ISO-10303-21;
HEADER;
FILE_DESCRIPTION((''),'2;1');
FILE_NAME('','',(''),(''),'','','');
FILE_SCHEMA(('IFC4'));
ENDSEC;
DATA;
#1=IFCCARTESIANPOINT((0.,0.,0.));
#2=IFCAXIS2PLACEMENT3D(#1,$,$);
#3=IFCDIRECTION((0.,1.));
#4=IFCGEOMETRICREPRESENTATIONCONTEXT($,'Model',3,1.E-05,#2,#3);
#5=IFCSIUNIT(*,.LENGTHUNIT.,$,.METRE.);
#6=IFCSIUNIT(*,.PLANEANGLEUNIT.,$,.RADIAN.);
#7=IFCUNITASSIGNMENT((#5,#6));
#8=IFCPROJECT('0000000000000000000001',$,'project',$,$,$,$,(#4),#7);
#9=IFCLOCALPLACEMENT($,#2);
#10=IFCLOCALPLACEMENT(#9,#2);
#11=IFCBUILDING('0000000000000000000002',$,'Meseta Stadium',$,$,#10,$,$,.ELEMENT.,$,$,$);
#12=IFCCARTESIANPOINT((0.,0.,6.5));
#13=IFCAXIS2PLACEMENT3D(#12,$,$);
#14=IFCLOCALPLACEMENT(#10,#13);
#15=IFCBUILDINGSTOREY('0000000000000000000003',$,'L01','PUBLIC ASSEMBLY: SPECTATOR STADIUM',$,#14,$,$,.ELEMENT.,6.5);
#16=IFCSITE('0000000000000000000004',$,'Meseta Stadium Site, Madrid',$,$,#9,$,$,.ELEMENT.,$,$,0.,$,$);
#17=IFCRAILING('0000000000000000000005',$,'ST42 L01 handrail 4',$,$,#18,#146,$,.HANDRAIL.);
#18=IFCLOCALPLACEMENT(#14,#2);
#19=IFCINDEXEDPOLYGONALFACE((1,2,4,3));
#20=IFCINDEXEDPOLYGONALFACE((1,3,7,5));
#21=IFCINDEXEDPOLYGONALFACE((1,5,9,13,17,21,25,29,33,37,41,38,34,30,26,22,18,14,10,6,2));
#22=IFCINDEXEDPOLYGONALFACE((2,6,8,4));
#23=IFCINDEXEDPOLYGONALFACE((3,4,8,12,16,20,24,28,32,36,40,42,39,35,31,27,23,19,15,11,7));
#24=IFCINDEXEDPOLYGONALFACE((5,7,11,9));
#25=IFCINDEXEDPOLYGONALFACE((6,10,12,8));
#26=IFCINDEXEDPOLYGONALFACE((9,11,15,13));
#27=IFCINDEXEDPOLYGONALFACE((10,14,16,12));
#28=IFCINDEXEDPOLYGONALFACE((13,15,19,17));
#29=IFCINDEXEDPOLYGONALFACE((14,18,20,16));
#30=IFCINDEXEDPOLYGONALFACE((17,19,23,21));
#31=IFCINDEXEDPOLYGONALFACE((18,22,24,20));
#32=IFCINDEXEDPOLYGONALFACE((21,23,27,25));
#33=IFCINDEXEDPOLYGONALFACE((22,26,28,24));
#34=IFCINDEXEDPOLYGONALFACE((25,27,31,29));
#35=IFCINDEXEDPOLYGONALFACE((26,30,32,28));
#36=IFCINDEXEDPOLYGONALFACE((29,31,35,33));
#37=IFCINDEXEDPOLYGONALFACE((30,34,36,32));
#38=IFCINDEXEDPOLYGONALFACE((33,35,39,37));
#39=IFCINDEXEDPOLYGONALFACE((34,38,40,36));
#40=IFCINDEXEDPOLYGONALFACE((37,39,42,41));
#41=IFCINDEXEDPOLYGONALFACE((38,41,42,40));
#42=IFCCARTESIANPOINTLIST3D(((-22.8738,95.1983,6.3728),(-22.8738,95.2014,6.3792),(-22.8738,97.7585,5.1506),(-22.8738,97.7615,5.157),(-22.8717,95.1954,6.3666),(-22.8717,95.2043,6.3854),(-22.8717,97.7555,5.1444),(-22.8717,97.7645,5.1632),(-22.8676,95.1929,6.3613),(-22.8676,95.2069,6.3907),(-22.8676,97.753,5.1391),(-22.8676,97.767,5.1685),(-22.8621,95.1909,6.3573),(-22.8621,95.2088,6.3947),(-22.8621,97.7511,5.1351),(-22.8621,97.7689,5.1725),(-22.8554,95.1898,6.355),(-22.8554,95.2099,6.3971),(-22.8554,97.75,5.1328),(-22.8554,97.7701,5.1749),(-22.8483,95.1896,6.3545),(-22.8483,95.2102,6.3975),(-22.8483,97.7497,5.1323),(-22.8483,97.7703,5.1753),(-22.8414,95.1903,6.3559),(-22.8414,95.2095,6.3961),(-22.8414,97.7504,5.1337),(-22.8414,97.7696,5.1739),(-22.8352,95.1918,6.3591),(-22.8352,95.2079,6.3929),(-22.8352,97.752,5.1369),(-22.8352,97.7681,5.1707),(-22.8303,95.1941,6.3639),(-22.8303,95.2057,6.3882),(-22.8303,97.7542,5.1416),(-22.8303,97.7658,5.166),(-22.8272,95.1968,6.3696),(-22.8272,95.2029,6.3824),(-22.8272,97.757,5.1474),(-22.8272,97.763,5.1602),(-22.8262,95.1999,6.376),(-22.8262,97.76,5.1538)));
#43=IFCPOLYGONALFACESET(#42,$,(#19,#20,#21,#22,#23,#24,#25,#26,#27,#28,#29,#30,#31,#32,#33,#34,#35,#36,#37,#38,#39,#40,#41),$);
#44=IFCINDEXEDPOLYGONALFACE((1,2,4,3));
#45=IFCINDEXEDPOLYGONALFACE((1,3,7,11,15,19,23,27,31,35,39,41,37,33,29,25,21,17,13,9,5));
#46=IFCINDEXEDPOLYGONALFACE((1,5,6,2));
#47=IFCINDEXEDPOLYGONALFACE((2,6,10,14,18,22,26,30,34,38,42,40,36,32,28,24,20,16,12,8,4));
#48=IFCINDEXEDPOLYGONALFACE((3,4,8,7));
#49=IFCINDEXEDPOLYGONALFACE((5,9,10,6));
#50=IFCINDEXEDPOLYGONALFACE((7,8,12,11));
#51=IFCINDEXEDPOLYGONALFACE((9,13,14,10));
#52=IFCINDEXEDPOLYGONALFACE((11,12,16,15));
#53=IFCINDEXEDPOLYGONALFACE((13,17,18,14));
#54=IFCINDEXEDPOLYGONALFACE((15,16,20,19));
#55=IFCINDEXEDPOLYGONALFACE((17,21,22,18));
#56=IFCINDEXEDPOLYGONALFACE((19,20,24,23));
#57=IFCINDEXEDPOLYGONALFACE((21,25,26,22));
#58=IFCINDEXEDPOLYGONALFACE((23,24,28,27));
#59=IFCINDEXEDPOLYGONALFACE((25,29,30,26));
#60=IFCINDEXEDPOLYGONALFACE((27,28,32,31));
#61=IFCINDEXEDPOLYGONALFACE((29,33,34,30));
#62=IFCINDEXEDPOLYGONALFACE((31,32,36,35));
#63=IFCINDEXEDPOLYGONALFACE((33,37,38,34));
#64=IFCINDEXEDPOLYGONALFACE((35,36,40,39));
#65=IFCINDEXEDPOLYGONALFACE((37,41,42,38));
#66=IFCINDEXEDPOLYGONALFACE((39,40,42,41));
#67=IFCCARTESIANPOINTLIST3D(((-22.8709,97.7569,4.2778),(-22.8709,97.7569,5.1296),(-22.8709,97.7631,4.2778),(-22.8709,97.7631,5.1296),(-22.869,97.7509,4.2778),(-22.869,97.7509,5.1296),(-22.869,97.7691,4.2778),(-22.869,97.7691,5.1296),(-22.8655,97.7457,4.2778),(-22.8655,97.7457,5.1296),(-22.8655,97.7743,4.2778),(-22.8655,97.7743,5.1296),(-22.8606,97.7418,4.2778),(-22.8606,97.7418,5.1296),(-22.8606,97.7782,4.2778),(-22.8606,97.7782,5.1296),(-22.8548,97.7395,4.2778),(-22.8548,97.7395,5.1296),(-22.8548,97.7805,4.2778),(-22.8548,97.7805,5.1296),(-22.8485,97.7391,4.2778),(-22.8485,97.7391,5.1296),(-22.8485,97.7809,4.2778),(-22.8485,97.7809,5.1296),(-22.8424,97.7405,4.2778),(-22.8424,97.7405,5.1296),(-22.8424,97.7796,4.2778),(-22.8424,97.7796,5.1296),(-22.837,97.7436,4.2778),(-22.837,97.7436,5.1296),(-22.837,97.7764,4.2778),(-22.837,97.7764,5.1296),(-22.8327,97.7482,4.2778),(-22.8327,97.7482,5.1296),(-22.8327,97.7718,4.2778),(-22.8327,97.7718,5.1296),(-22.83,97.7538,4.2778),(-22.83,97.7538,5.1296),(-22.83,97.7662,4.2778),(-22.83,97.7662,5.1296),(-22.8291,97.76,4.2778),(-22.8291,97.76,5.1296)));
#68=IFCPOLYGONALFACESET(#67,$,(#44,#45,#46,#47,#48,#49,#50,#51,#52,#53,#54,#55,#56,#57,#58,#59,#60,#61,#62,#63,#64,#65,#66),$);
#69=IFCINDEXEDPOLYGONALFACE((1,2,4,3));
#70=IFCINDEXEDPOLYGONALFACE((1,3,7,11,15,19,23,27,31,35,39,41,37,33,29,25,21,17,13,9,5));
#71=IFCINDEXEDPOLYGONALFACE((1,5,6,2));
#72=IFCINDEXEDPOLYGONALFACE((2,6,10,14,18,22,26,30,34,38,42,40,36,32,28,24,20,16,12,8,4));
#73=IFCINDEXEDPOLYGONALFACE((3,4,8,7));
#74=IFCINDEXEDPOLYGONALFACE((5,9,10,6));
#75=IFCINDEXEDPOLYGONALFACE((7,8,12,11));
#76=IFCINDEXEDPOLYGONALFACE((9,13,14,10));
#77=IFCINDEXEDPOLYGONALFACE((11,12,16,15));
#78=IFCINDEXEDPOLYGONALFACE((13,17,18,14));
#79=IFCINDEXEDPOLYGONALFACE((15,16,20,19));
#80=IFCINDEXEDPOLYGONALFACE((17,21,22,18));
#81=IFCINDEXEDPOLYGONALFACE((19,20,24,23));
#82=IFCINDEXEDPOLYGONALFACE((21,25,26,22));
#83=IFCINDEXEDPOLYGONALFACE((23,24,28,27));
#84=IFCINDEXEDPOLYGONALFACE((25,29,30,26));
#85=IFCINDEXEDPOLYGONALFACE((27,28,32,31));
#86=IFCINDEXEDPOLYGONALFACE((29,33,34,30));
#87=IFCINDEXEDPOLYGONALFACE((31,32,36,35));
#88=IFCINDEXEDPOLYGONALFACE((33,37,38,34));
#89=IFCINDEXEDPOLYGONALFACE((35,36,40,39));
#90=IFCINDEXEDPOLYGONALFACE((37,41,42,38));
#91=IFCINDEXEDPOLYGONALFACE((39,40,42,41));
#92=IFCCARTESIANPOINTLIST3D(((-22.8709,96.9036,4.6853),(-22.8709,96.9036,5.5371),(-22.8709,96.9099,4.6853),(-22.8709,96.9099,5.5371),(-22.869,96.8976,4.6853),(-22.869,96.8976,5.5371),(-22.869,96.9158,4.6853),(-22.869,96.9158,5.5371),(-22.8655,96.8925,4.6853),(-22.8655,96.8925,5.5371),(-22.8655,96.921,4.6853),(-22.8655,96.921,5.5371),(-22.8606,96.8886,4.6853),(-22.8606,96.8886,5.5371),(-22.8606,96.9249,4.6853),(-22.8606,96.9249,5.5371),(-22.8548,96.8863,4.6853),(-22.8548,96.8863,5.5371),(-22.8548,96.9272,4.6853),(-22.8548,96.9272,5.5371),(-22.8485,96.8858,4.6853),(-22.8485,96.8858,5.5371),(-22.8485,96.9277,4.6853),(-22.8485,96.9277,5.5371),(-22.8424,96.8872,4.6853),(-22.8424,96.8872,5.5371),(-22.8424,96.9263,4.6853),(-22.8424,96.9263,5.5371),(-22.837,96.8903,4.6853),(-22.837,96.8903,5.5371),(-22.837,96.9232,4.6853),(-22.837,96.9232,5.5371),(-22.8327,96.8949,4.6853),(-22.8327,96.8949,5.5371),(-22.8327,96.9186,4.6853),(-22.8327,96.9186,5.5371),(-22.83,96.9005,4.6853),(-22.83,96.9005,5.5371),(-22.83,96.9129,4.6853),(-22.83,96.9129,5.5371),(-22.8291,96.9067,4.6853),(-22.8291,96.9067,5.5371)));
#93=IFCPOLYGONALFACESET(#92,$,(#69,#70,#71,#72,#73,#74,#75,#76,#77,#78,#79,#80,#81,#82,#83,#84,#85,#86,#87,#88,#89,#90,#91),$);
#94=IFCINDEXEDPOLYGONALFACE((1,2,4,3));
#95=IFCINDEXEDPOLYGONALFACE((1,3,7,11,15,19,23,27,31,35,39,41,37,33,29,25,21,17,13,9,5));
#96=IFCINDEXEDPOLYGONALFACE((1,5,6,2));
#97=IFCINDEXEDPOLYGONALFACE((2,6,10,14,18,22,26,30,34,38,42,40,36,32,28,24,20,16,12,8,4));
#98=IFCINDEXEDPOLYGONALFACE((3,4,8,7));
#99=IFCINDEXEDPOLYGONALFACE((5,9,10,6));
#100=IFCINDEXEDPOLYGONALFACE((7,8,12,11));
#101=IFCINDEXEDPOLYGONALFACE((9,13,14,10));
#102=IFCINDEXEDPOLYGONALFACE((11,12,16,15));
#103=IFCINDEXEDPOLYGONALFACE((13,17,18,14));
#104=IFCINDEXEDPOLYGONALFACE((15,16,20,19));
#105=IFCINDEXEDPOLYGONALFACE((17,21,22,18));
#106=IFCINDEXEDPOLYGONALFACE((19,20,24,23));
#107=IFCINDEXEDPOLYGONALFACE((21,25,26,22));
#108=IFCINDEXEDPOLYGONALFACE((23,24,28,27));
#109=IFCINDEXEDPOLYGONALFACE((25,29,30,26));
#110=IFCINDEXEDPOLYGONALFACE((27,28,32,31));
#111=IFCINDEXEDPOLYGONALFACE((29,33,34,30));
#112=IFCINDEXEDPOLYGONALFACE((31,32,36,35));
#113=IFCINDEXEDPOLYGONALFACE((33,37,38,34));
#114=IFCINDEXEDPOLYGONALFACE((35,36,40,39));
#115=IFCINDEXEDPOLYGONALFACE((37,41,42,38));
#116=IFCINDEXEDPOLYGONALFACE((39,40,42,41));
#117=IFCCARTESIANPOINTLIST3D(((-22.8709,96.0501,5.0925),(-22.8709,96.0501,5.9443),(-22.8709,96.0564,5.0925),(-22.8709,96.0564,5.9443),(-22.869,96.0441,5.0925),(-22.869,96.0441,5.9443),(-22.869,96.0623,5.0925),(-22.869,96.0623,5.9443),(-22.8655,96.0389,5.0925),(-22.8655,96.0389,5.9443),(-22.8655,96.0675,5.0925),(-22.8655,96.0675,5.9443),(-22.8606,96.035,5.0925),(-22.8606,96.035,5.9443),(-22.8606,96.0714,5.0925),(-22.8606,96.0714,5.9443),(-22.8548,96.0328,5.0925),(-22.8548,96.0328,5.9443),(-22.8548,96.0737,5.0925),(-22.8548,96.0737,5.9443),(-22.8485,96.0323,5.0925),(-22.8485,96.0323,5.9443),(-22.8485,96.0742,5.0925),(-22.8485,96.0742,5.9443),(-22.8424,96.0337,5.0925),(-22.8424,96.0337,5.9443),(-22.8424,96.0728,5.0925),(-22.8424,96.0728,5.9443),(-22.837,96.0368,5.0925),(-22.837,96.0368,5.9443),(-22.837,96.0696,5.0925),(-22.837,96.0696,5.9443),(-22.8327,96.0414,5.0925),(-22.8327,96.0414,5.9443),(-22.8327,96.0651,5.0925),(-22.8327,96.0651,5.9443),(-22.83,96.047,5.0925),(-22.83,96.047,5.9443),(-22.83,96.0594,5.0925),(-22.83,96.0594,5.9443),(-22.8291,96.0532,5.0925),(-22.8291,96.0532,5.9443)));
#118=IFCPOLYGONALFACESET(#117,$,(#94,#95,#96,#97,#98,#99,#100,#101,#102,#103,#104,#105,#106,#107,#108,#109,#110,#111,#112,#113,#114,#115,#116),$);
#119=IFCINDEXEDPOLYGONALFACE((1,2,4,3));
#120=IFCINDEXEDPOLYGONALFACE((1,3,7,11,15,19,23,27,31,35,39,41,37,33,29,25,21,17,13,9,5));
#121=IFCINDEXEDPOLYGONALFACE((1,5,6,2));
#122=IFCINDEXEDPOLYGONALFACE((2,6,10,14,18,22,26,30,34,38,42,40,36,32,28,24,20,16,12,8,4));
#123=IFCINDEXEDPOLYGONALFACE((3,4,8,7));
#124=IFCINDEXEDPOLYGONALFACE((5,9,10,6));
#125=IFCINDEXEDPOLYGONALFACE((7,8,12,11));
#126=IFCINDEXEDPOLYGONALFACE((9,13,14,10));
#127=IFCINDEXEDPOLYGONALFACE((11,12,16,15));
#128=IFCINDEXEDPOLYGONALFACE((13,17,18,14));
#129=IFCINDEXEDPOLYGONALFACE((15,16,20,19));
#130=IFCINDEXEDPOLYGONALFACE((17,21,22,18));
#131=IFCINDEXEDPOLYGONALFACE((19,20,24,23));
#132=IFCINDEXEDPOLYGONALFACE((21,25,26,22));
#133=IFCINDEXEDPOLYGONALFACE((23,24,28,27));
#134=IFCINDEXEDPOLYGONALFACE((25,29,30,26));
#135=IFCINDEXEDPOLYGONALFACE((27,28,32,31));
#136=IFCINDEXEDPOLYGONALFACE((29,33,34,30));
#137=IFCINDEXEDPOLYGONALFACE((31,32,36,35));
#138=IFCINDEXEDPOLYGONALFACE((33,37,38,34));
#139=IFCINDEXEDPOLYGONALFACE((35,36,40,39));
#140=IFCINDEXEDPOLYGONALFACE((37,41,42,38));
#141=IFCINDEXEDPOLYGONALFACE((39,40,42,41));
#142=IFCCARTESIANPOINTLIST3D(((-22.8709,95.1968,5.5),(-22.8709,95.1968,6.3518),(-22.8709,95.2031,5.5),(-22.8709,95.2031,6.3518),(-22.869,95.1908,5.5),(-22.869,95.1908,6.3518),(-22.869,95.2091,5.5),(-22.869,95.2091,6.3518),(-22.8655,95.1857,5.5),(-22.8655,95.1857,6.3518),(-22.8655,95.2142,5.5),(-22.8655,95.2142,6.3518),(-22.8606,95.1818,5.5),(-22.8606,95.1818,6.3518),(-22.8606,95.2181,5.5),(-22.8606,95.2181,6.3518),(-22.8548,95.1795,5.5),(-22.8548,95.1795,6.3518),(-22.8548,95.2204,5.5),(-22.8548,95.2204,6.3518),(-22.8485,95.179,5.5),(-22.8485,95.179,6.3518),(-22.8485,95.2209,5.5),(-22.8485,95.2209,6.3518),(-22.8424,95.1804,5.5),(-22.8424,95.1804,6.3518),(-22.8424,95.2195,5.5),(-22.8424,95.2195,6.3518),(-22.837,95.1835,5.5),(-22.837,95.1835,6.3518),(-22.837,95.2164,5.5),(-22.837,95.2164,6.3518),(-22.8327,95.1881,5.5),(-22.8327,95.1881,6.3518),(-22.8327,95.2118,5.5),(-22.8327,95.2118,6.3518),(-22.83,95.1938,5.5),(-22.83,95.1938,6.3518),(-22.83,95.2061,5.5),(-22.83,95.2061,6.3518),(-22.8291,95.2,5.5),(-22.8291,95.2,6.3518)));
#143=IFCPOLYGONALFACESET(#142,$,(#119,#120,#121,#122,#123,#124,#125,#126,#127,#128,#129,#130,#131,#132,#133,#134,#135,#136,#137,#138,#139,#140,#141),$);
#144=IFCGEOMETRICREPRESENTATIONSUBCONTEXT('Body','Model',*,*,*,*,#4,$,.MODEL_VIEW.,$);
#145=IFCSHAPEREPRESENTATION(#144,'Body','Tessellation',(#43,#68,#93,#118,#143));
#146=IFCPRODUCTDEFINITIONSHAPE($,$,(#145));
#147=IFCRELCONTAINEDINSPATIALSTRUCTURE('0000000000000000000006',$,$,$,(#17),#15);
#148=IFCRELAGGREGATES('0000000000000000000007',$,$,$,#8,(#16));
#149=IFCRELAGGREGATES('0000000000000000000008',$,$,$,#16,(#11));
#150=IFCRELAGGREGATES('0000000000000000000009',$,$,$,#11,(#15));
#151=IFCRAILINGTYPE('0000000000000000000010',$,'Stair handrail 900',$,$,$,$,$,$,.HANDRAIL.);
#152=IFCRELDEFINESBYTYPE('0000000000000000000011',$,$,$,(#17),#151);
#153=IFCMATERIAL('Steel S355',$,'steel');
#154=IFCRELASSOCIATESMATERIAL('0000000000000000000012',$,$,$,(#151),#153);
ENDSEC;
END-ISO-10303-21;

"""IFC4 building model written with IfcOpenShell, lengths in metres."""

from ifc_helpers import new_model, si_unit, direction, frame, origin, origin_2d, place, context, subcontext, project, spatial, circle, extrude, material, type_object, element, save


model = new_model("IFC4")

# Units and contexts
model_context = context("Model", 3, precision=1e-05, world=origin(), true_north=direction((0.0, 1.0)))
body_context = subcontext(model_context, "Body", "Model", "MODEL_VIEW")
ifc_project = project(units=[si_unit("LENGTHUNIT", "METRE"), si_unit("PLANEANGLEUNIT", "RADIAN")], contexts=[model_context])

# Site, building, storey
site_placement = place(None, origin())
site = spatial("IfcSite", under=ifc_project, at=site_placement, Name="Meseta Stadium Site, Madrid", CompositionType="ELEMENT", RefElevation=0.0)
building_placement = place(site_placement, origin())
building = spatial("IfcBuilding", under=site, at=building_placement, Name="Meseta Stadium", CompositionType="ELEMENT")
storey_placement = place(building_placement, frame((0.0, 0.0, 6.5)))
storey = spatial("IfcBuildingStorey", under=building, at=storey_placement, Name="L01", Description="PUBLIC ASSEMBLY: SPECTATOR STADIUM", CompositionType="ELEMENT", Elevation=6.5)

# Railing
ifc_material_1 = material(Name="Steel S355", Category="steel")
railing_type_1 = type_object("IfcRailingType", Name="Stair handrail 900", PredefinedType="HANDRAIL", material=ifc_material_1)
for number, where, name in (
    (1, (-22.8501, 97.76, 4.2778), "ST42 L01 handrail 4"),
):
    element("IfcRailing", number, at=place(storey_placement, frame(where)), inside=storey, type_object=railing_type_1, Name=name, PredefinedType="HANDRAIL", context=body_context, shape_type="SweptSolid", body=[
        extrude(circle(Radius=0.0239, at=origin_2d()), frame((0.0, 0.0, 0.876), z_axis=(0.0, -0.902437, 0.430822), x_axis=(1.0, 0.0, 0.0)), (0.0, 0.0, 1.0), 2.8369),
        extrude(circle(Radius=0.021, at=origin_2d()), origin(), (0.0, 0.0, 1.0), 0.8518),
        extrude(circle(Radius=0.021, at=origin_2d()), frame((0.0, -0.8533, 0.4075)), (0.0, 0.0, 1.0), 0.8518),
        extrude(circle(Radius=0.021, at=origin_2d()), frame((0.0, -1.7068, 0.8147)), (0.0, 0.0, 1.0), 0.8518),
        extrude(circle(Radius=0.021, at=origin_2d()), frame((0.0, -2.5601, 1.2222)), (0.0, 0.0, 1.0), 0.8518),
    ])

save(model, "model.ifc")
